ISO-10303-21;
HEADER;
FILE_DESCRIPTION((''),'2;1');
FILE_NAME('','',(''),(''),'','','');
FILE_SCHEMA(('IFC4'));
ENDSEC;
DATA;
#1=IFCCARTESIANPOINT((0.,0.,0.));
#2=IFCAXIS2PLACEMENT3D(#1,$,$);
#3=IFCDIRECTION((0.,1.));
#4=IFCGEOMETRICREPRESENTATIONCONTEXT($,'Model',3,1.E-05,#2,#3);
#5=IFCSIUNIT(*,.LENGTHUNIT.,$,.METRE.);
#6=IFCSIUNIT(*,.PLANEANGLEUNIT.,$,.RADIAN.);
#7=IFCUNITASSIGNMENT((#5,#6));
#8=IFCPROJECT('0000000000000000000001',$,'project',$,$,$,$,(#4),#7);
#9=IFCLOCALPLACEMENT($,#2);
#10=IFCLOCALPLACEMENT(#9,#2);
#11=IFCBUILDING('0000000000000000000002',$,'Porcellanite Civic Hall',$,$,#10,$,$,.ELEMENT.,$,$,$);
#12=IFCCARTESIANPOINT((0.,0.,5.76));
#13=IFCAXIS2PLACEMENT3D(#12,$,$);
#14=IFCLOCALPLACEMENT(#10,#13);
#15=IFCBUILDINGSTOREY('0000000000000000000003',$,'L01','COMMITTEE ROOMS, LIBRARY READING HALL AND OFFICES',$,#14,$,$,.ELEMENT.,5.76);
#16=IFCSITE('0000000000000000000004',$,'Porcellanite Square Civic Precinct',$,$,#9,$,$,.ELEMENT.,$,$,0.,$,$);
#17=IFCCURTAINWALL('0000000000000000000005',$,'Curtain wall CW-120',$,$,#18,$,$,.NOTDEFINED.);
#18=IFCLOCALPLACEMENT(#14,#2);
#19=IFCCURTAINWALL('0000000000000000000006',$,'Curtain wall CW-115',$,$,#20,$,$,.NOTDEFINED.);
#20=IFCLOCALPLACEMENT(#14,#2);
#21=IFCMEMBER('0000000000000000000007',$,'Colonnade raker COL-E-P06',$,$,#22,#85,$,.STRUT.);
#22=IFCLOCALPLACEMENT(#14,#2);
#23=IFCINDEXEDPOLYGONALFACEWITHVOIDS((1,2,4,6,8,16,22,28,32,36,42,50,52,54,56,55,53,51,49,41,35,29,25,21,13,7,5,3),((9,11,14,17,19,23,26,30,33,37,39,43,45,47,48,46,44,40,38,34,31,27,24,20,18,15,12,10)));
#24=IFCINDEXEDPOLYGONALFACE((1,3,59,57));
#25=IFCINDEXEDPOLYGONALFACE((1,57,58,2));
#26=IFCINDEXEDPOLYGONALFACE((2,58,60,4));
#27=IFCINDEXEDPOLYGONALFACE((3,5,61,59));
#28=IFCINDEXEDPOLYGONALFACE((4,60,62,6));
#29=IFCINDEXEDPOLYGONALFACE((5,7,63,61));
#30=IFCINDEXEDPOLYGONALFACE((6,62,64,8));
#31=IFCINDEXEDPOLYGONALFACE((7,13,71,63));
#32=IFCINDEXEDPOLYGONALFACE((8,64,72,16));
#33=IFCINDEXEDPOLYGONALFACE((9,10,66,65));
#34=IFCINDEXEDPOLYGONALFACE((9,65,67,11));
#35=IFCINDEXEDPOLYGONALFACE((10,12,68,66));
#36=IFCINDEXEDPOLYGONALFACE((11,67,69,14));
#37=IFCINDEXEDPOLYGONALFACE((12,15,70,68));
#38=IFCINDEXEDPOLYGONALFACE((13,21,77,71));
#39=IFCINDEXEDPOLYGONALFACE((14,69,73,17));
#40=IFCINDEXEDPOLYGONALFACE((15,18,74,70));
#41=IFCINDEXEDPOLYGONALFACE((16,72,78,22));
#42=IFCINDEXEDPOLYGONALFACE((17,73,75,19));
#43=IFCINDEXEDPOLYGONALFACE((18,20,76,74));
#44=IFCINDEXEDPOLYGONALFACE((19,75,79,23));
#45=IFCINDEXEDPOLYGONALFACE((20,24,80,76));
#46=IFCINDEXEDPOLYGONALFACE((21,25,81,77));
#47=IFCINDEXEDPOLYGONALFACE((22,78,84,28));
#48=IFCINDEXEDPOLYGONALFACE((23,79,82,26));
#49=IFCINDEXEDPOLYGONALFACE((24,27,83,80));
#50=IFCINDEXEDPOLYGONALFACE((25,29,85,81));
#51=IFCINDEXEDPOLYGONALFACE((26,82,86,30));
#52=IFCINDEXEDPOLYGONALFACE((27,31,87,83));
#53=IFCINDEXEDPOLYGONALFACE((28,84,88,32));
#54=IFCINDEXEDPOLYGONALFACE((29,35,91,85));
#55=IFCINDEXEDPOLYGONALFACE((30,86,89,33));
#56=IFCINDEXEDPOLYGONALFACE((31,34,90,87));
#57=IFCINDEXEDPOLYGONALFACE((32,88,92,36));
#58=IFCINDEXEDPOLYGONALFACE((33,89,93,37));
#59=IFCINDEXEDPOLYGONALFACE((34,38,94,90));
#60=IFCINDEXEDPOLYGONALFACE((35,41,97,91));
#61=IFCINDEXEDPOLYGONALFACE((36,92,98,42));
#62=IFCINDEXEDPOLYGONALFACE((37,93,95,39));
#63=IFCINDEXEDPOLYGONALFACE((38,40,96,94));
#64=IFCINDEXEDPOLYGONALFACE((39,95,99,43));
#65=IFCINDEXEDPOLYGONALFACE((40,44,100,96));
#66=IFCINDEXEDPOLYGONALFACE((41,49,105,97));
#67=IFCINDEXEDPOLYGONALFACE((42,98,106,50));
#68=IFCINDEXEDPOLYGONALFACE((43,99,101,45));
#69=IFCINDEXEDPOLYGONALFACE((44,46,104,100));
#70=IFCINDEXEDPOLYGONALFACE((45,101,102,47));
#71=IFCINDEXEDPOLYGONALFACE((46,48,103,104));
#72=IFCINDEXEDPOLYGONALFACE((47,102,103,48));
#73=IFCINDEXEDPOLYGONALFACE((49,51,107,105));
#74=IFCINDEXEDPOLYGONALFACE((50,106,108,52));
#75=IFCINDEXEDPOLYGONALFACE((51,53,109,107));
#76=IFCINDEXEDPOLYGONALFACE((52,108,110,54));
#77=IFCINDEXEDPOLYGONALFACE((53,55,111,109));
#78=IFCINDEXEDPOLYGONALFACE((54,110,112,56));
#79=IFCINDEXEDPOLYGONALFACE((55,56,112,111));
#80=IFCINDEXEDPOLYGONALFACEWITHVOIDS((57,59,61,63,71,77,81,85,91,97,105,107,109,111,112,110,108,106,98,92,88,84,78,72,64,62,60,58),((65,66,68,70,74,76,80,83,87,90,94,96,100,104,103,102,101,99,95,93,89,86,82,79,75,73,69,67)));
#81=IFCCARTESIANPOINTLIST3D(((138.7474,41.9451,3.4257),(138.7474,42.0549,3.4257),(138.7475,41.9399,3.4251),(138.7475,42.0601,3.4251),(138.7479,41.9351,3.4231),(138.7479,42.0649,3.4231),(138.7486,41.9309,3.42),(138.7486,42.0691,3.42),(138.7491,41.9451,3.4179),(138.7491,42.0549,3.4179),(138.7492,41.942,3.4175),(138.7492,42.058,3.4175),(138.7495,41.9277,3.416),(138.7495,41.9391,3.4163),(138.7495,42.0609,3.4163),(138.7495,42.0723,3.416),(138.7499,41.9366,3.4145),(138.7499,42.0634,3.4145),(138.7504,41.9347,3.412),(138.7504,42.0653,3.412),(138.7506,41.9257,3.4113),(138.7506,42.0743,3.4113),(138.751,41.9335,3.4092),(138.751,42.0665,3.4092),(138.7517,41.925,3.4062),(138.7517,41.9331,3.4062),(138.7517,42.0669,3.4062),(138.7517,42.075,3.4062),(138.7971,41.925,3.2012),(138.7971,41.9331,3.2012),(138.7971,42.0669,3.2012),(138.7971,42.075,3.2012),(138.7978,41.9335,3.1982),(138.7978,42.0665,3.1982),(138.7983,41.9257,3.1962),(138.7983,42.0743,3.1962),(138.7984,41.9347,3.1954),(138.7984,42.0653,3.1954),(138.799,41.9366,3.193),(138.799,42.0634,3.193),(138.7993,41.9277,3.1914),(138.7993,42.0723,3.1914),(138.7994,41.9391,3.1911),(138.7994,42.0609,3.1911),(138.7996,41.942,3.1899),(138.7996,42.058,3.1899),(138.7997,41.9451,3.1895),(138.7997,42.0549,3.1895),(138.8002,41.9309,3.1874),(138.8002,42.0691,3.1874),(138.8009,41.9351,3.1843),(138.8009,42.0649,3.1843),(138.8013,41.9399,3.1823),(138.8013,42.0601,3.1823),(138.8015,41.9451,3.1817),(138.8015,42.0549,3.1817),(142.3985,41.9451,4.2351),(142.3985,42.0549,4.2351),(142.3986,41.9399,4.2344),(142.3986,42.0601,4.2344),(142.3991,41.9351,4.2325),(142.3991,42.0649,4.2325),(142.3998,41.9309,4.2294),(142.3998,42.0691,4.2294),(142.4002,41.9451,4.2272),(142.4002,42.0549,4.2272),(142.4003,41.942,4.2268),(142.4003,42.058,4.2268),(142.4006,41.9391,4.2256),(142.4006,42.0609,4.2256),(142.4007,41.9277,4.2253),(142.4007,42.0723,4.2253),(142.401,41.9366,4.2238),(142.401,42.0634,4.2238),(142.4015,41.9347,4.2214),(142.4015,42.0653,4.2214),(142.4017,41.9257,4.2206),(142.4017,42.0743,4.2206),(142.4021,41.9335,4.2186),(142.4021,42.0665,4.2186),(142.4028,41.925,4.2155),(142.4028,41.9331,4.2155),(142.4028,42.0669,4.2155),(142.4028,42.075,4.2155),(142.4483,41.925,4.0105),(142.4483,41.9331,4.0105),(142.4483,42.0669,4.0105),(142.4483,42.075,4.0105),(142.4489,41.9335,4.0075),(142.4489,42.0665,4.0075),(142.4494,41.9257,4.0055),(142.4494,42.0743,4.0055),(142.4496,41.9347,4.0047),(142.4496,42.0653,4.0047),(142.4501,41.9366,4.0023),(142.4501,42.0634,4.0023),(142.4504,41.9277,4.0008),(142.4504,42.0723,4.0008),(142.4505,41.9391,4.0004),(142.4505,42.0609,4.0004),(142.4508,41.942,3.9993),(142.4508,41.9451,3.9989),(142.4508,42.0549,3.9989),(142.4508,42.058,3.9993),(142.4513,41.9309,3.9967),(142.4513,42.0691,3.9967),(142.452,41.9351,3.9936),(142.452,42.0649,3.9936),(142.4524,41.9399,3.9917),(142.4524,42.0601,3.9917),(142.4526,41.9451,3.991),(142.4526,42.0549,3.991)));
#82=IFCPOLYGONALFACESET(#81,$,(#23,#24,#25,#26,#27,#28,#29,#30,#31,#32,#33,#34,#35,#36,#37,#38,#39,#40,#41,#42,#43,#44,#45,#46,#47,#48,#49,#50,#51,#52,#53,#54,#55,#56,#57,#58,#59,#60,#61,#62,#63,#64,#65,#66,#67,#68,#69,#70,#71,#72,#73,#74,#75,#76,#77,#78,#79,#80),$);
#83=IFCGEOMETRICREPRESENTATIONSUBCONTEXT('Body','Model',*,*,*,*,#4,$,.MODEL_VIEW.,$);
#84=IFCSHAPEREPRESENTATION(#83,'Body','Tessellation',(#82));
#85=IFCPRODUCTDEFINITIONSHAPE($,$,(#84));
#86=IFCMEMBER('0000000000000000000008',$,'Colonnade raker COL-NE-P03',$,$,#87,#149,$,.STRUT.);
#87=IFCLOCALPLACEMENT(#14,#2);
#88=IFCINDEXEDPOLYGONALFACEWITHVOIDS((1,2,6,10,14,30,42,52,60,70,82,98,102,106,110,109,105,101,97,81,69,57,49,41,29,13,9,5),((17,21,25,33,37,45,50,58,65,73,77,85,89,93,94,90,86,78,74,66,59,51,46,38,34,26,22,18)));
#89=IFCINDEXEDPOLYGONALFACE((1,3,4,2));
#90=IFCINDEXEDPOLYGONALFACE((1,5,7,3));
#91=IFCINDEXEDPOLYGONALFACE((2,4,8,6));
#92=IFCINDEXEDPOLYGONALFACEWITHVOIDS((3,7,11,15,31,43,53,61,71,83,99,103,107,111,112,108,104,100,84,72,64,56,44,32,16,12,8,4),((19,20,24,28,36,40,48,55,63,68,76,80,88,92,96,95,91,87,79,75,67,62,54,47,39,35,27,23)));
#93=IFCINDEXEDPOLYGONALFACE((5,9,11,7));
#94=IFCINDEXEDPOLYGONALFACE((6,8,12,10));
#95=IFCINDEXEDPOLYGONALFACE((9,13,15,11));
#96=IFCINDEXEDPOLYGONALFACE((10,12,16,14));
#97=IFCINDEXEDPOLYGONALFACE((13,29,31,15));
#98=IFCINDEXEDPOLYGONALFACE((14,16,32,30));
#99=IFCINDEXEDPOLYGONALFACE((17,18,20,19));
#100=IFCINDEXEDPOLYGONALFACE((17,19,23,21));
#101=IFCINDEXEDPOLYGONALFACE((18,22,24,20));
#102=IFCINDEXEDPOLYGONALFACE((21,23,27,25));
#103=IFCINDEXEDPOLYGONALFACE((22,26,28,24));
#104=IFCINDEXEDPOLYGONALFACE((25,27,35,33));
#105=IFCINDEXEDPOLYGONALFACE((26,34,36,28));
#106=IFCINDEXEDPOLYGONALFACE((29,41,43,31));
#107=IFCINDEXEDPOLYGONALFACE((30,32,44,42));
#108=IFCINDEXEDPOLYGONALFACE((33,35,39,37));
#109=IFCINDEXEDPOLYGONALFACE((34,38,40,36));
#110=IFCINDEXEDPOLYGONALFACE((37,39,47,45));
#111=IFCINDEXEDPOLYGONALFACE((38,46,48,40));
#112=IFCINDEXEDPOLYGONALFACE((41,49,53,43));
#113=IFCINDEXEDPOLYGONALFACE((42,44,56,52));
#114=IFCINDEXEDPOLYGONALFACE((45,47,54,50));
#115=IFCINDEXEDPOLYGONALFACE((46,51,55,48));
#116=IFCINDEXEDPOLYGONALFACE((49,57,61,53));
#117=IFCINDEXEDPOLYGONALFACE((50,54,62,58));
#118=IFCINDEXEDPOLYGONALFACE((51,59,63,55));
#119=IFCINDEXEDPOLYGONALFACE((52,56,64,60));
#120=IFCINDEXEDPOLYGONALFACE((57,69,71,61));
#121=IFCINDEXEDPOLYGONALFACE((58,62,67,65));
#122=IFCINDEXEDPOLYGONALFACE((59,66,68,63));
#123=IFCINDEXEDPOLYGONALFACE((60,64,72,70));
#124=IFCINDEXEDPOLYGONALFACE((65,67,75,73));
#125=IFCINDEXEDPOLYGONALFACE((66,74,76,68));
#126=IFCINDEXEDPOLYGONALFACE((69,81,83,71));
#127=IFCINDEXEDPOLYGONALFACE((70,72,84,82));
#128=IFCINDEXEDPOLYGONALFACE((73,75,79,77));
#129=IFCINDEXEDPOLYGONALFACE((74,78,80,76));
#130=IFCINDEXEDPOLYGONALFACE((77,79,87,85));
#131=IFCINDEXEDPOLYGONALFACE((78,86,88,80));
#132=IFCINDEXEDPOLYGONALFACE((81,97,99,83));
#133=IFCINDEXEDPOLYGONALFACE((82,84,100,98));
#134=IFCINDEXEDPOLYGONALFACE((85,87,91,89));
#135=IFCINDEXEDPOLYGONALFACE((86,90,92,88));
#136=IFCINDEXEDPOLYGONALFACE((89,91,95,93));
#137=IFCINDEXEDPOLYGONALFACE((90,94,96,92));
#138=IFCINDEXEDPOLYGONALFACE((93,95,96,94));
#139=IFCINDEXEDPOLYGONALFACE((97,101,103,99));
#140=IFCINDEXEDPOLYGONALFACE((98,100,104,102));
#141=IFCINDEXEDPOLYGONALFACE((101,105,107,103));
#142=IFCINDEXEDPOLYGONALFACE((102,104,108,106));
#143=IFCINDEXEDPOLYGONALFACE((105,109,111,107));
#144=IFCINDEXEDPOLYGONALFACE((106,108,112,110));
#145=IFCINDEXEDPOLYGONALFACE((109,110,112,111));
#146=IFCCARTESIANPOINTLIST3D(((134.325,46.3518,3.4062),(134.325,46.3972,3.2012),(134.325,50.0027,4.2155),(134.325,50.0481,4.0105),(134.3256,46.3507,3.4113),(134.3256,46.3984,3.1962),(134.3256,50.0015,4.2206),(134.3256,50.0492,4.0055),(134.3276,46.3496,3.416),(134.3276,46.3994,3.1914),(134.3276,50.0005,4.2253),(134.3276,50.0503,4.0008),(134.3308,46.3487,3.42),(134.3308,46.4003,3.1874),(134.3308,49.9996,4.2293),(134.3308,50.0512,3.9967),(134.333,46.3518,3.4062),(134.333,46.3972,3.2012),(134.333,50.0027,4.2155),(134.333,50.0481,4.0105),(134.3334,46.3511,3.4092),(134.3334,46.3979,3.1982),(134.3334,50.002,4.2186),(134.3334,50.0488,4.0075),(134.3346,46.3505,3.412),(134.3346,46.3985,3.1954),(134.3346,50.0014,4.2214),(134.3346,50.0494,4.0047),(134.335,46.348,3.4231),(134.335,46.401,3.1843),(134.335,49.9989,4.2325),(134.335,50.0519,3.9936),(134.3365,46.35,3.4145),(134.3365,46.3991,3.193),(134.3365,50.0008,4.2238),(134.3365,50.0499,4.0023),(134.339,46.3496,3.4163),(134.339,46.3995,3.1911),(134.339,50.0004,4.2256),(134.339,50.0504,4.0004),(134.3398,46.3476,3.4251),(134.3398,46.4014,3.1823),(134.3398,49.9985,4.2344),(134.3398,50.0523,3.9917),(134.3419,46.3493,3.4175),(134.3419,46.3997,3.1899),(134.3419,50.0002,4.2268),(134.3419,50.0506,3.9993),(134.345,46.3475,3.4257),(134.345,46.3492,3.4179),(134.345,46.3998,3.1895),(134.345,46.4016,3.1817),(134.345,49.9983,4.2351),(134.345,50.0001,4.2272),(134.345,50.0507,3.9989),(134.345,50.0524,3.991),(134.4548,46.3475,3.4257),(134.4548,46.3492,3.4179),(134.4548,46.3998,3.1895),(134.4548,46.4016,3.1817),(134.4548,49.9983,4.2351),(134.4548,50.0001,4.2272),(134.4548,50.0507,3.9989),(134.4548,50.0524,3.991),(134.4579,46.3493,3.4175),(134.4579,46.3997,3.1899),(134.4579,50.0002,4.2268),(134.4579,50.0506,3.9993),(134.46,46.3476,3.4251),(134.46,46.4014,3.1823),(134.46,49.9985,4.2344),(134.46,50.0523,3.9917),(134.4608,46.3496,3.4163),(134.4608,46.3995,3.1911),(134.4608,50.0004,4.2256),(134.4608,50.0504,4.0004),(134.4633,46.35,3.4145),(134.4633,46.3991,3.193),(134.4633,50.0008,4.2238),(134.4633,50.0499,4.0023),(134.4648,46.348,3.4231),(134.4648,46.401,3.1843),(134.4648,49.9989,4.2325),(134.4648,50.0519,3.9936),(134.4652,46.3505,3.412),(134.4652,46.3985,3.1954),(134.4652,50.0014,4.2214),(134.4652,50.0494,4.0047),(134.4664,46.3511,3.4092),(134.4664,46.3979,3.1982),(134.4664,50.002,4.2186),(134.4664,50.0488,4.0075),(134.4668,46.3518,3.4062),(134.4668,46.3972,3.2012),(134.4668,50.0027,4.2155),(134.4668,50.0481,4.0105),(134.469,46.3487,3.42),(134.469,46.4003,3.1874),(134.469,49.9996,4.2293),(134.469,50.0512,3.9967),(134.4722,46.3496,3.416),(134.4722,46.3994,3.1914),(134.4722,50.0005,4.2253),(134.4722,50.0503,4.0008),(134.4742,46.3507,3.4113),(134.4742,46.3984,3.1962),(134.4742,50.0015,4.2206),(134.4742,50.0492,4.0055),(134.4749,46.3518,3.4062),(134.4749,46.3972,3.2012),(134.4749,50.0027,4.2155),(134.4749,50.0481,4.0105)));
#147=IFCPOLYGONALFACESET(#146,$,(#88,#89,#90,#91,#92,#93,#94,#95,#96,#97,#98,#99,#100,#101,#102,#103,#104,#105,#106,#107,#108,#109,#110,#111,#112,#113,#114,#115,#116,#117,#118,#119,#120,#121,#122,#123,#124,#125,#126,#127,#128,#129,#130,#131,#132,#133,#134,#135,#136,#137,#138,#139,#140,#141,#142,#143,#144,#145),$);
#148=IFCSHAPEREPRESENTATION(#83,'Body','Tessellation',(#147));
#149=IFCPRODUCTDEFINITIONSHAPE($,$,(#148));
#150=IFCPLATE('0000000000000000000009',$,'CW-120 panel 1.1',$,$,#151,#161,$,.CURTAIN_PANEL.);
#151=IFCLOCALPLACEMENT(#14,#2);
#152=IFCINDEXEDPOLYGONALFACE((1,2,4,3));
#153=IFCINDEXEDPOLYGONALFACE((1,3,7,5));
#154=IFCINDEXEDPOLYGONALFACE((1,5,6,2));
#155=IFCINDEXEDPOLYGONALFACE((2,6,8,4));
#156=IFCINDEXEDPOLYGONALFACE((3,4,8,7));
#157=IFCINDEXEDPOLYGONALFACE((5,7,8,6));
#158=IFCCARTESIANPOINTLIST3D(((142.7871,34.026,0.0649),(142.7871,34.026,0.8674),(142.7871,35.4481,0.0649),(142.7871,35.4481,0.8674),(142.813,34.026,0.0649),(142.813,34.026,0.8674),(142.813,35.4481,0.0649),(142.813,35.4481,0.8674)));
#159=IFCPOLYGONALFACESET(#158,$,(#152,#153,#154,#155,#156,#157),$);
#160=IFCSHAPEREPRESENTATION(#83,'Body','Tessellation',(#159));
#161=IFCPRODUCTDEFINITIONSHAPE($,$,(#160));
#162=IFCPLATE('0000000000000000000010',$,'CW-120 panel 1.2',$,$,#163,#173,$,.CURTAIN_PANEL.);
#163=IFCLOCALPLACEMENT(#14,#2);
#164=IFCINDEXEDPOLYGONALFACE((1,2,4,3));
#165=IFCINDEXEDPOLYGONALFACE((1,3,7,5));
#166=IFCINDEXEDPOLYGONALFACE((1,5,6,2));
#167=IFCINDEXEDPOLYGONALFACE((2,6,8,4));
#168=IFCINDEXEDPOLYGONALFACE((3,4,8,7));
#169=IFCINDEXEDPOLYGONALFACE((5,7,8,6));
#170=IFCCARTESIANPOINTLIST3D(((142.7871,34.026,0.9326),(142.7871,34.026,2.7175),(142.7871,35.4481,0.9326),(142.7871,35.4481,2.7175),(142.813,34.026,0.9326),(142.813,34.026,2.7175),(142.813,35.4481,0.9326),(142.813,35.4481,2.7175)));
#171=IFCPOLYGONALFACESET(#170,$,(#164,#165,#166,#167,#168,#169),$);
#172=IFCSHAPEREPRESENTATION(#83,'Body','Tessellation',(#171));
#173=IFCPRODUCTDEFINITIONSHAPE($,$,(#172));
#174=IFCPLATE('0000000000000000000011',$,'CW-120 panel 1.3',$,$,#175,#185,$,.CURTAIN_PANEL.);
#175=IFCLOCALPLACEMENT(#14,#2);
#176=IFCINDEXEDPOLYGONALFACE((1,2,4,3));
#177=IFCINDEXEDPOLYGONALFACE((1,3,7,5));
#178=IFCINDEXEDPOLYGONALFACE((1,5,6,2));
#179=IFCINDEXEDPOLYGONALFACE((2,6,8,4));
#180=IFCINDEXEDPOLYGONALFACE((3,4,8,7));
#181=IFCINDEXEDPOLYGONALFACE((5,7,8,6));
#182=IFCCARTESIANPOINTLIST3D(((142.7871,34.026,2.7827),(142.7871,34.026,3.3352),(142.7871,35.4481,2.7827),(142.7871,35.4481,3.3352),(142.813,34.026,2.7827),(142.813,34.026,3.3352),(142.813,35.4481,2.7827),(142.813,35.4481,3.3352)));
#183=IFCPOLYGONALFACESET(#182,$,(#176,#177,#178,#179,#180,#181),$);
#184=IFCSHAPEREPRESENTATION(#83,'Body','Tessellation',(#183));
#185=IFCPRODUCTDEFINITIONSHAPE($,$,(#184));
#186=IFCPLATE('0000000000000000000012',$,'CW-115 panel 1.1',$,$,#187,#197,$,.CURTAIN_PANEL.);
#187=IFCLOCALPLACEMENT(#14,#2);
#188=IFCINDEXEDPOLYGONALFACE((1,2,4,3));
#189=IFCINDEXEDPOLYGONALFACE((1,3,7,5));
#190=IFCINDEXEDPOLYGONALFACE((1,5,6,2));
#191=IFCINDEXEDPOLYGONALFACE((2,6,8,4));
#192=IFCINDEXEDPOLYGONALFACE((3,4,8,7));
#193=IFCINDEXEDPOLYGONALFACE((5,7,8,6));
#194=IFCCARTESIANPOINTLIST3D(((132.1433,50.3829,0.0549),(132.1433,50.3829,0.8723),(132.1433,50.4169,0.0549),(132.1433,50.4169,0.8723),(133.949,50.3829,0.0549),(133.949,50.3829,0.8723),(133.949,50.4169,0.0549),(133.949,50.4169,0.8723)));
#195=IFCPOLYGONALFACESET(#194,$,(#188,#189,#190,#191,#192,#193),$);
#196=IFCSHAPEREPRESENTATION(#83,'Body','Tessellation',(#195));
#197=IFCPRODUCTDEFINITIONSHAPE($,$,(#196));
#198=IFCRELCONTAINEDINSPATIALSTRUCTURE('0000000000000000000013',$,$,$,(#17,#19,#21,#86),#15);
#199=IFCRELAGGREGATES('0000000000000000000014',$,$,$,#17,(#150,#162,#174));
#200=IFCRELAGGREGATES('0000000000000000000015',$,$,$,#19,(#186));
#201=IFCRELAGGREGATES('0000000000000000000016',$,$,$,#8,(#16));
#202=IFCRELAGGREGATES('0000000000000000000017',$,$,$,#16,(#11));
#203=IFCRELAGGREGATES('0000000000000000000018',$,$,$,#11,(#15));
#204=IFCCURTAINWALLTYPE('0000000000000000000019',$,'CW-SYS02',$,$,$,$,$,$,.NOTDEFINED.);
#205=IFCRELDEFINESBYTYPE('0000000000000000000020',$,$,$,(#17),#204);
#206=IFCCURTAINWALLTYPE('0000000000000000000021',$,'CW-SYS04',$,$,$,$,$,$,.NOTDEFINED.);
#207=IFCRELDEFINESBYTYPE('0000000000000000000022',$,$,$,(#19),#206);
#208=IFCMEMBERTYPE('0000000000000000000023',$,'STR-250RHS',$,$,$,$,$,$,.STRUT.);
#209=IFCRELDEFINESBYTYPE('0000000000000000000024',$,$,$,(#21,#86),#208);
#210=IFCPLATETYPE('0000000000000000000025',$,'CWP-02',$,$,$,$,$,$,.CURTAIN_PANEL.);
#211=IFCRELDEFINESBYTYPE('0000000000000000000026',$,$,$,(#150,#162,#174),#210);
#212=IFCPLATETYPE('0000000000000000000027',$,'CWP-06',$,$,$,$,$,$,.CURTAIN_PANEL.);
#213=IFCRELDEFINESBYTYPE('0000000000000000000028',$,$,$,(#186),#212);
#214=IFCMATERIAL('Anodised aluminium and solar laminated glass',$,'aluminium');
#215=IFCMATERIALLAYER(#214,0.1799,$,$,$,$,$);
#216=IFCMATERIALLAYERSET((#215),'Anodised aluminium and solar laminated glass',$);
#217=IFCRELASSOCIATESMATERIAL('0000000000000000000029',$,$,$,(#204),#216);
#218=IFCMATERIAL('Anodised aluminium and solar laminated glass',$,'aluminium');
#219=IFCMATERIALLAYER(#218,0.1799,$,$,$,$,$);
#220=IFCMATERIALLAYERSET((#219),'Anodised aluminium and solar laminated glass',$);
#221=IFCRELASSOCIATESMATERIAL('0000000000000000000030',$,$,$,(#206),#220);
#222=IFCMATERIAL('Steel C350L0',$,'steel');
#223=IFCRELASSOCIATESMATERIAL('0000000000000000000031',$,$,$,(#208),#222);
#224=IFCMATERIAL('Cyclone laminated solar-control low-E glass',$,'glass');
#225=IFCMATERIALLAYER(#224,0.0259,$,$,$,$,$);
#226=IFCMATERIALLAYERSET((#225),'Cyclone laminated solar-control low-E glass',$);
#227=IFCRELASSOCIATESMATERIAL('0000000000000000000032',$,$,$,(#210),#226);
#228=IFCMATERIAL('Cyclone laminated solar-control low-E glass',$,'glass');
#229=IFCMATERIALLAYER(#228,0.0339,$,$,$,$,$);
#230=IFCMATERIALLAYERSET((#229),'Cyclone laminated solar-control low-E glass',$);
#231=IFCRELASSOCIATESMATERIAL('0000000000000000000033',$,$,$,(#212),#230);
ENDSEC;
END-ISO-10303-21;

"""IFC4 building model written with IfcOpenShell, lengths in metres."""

from ifc_helpers import new_model, si_unit, direction, frame, origin, origin_2d, place, context, subcontext, project, spatial, rectangle, hollow_rectangle, extrude, material, layer, layer_set, material_profile, profile_set, type_object, element, aggregate, save


model = new_model("IFC4")

# Units and contexts
model_context = context("Model", 3, precision=1e-05, world=origin(), true_north=direction((0.0, 1.0)))
body_context = subcontext(model_context, "Body", "Model", "MODEL_VIEW")
ifc_project = project(units=[si_unit("LENGTHUNIT", "METRE"), si_unit("PLANEANGLEUNIT", "RADIAN")], contexts=[model_context])

# Site, building, storey
site_placement = place(None, origin())
site = spatial("IfcSite", under=ifc_project, at=site_placement, Name="Porcellanite Square Civic Precinct", CompositionType="ELEMENT", RefElevation=0.0)
building_placement = place(site_placement, origin())
building = spatial("IfcBuilding", under=site, at=building_placement, Name="Porcellanite Civic Hall", CompositionType="ELEMENT")
storey_placement = place(building_placement, frame((0.0, 0.0, 5.76)))
storey = spatial("IfcBuildingStorey", under=building, at=storey_placement, Name="L01", Description="COMMITTEE ROOMS, LIBRARY READING HALL AND OFFICES", CompositionType="ELEMENT", Elevation=5.76)

# Curtain wall
ifc_material_1 = material(Name="Anodised aluminium and solar laminated glass", Category="aluminium")
ifc_layer_1 = layer(ifc_material_1, 0.1799)
ifc_layer_set_1 = layer_set([ifc_layer_1], Name="Anodised aluminium and solar laminated glass")
curtain_wall_type_1 = type_object("IfcCurtainWallType", Name="CW-SYS02", PredefinedType="NOTDEFINED", material=ifc_layer_set_1)
curtain_wall_1_placement = place(storey_placement, origin())
curtain_wall_1 = element("IfcCurtainWall", 1, at=curtain_wall_1_placement, inside=storey, type_object=curtain_wall_type_1, Name="Curtain wall CW-120", PredefinedType="NOTDEFINED")

# Curtain wall
ifc_material_2 = material(Name="Anodised aluminium and solar laminated glass", Category="aluminium")
ifc_layer_2 = layer(ifc_material_2, 0.1799)
ifc_layer_set_2 = layer_set([ifc_layer_2], Name="Anodised aluminium and solar laminated glass")
curtain_wall_type_2 = type_object("IfcCurtainWallType", Name="CW-SYS04", PredefinedType="NOTDEFINED", material=ifc_layer_set_2)
curtain_wall_2_placement = place(storey_placement, origin())
curtain_wall_2 = element("IfcCurtainWall", 2, at=curtain_wall_2_placement, inside=storey, type_object=curtain_wall_type_2, Name="Curtain wall CW-115", PredefinedType="NOTDEFINED")

# Members
ifc_material_3 = material(Name="Steel C350L0", Category="steel")
ifc_material_profile_1 = material_profile(ifc_material_3, hollow_rectangle(XDim=0.1499, YDim=0.25, WallThickness=0.0081, InnerFilletRadius=0.012, OuterFilletRadius=0.02, at=origin_2d()), Name="250x150x8.0RHS")
ifc_profile_set_1 = profile_set([ifc_material_profile_1], Name="Steel C350L0")
member_type_1 = type_object("IfcMemberType", Name="STR-250RHS", PredefinedType="STRUT", material=ifc_profile_set_1)
member_1_placement = place(storey_placement, frame((142.4255, 42.0, 4.113), z_axis=(-0.976302, 0.0, -0.216412), x_axis=(0.0, -1.0, 0.0)))
element("IfcMember", 3, at=member_1_placement, inside=storey, type_object=member_type_1, Name="Colonnade raker COL-E-P06", PredefinedType="STRUT", context=body_context, shape_type="SweptSolid", body=[
    extrude(hollow_rectangle(XDim=0.1499, YDim=0.25, WallThickness=0.0081, InnerFilletRadius=0.012, OuterFilletRadius=0.02, at=origin_2d()), origin(), (0.0, 0.0, 1.0), 3.7397),
])
member_2_placement = place(storey_placement, frame((134.3999, 50.0254, 4.113), z_axis=(0.0, -0.976299, -0.216426), x_axis=(1.0, 0.0, 0.0)))
element("IfcMember", 4, at=member_2_placement, inside=storey, type_object=member_type_1, Name="Colonnade raker COL-NE-P03", PredefinedType="STRUT", context=body_context, shape_type="SweptSolid", body=[
    extrude(hollow_rectangle(XDim=0.1499, YDim=0.25, WallThickness=0.0081, InnerFilletRadius=0.012, OuterFilletRadius=0.02, at=origin_2d()), origin(), (0.0, 0.0, 1.0), 3.7395),
])

# Plates
ifc_material_4 = material(Name="Cyclone laminated solar-control low-E glass", Category="glass")
ifc_layer_3 = layer(ifc_material_4, 0.0259)
ifc_layer_set_3 = layer_set([ifc_layer_3], Name="Cyclone laminated solar-control low-E glass")
plate_type_1 = type_object("IfcPlateType", Name="CWP-02", PredefinedType="CURTAIN_PANEL", material=ifc_layer_set_3)
plate_1_placement = place(storey_placement, frame((142.8, 34.7371, 0.0649), z_axis=(0.0, 0.0, 1.0), x_axis=(0.0, 1.0, 0.0)))
plate_1 = element("IfcPlate", 5, at=plate_1_placement, type_object=plate_type_1, Name="CW-120 panel 1.1", PredefinedType="CURTAIN_PANEL", context=body_context, shape_type="SweptSolid", body=[
    extrude(rectangle(XDim=1.4221, YDim=0.0259, at=origin_2d()), origin(), (0.0, 0.0, 1.0), 0.8025),
])
plate_2_placement = place(storey_placement, frame((142.8, 34.7371, 0.9326), z_axis=(0.0, 0.0, 1.0), x_axis=(0.0, 1.0, 0.0)))
plate_2 = element("IfcPlate", 6, at=plate_2_placement, type_object=plate_type_1, Name="CW-120 panel 1.2", PredefinedType="CURTAIN_PANEL", context=body_context, shape_type="SweptSolid", body=[
    extrude(rectangle(XDim=1.4221, YDim=0.0259, at=origin_2d()), origin(), (0.0, 0.0, 1.0), 1.7849),
])
plate_3_placement = place(storey_placement, frame((142.8, 34.7371, 2.7827), z_axis=(0.0, 0.0, 1.0), x_axis=(0.0, 1.0, 0.0)))
plate_3 = element("IfcPlate", 7, at=plate_3_placement, type_object=plate_type_1, Name="CW-120 panel 1.3", PredefinedType="CURTAIN_PANEL", context=body_context, shape_type="SweptSolid", body=[
    extrude(rectangle(XDim=1.4221, YDim=0.0259, at=origin_2d()), origin(), (0.0, 0.0, 1.0), 0.5525),
])
aggregate(curtain_wall_1, [plate_1, plate_2, plate_3])
ifc_material_5 = material(Name="Cyclone laminated solar-control low-E glass", Category="glass")
ifc_layer_4 = layer(ifc_material_5, 0.0339)
ifc_layer_set_4 = layer_set([ifc_layer_4], Name="Cyclone laminated solar-control low-E glass")
plate_type_2 = type_object("IfcPlateType", Name="CWP-06", PredefinedType="CURTAIN_PANEL", material=ifc_layer_set_4)
plate_4_placement = place(storey_placement, frame((133.0461, 50.3999, 0.0549), z_axis=(0.0, 0.0, 1.0), x_axis=(-1.0, 0.0, 0.0)))
plate_4 = element("IfcPlate", 8, at=plate_4_placement, type_object=plate_type_2, Name="CW-115 panel 1.1", PredefinedType="CURTAIN_PANEL", context=body_context, shape_type="SweptSolid", body=[
    extrude(rectangle(XDim=1.8057, YDim=0.0339, at=origin_2d()), origin(), (0.0, 0.0, 1.0), 0.8174),
])
aggregate(curtain_wall_2, [plate_4])

save(model, "model.ifc")
